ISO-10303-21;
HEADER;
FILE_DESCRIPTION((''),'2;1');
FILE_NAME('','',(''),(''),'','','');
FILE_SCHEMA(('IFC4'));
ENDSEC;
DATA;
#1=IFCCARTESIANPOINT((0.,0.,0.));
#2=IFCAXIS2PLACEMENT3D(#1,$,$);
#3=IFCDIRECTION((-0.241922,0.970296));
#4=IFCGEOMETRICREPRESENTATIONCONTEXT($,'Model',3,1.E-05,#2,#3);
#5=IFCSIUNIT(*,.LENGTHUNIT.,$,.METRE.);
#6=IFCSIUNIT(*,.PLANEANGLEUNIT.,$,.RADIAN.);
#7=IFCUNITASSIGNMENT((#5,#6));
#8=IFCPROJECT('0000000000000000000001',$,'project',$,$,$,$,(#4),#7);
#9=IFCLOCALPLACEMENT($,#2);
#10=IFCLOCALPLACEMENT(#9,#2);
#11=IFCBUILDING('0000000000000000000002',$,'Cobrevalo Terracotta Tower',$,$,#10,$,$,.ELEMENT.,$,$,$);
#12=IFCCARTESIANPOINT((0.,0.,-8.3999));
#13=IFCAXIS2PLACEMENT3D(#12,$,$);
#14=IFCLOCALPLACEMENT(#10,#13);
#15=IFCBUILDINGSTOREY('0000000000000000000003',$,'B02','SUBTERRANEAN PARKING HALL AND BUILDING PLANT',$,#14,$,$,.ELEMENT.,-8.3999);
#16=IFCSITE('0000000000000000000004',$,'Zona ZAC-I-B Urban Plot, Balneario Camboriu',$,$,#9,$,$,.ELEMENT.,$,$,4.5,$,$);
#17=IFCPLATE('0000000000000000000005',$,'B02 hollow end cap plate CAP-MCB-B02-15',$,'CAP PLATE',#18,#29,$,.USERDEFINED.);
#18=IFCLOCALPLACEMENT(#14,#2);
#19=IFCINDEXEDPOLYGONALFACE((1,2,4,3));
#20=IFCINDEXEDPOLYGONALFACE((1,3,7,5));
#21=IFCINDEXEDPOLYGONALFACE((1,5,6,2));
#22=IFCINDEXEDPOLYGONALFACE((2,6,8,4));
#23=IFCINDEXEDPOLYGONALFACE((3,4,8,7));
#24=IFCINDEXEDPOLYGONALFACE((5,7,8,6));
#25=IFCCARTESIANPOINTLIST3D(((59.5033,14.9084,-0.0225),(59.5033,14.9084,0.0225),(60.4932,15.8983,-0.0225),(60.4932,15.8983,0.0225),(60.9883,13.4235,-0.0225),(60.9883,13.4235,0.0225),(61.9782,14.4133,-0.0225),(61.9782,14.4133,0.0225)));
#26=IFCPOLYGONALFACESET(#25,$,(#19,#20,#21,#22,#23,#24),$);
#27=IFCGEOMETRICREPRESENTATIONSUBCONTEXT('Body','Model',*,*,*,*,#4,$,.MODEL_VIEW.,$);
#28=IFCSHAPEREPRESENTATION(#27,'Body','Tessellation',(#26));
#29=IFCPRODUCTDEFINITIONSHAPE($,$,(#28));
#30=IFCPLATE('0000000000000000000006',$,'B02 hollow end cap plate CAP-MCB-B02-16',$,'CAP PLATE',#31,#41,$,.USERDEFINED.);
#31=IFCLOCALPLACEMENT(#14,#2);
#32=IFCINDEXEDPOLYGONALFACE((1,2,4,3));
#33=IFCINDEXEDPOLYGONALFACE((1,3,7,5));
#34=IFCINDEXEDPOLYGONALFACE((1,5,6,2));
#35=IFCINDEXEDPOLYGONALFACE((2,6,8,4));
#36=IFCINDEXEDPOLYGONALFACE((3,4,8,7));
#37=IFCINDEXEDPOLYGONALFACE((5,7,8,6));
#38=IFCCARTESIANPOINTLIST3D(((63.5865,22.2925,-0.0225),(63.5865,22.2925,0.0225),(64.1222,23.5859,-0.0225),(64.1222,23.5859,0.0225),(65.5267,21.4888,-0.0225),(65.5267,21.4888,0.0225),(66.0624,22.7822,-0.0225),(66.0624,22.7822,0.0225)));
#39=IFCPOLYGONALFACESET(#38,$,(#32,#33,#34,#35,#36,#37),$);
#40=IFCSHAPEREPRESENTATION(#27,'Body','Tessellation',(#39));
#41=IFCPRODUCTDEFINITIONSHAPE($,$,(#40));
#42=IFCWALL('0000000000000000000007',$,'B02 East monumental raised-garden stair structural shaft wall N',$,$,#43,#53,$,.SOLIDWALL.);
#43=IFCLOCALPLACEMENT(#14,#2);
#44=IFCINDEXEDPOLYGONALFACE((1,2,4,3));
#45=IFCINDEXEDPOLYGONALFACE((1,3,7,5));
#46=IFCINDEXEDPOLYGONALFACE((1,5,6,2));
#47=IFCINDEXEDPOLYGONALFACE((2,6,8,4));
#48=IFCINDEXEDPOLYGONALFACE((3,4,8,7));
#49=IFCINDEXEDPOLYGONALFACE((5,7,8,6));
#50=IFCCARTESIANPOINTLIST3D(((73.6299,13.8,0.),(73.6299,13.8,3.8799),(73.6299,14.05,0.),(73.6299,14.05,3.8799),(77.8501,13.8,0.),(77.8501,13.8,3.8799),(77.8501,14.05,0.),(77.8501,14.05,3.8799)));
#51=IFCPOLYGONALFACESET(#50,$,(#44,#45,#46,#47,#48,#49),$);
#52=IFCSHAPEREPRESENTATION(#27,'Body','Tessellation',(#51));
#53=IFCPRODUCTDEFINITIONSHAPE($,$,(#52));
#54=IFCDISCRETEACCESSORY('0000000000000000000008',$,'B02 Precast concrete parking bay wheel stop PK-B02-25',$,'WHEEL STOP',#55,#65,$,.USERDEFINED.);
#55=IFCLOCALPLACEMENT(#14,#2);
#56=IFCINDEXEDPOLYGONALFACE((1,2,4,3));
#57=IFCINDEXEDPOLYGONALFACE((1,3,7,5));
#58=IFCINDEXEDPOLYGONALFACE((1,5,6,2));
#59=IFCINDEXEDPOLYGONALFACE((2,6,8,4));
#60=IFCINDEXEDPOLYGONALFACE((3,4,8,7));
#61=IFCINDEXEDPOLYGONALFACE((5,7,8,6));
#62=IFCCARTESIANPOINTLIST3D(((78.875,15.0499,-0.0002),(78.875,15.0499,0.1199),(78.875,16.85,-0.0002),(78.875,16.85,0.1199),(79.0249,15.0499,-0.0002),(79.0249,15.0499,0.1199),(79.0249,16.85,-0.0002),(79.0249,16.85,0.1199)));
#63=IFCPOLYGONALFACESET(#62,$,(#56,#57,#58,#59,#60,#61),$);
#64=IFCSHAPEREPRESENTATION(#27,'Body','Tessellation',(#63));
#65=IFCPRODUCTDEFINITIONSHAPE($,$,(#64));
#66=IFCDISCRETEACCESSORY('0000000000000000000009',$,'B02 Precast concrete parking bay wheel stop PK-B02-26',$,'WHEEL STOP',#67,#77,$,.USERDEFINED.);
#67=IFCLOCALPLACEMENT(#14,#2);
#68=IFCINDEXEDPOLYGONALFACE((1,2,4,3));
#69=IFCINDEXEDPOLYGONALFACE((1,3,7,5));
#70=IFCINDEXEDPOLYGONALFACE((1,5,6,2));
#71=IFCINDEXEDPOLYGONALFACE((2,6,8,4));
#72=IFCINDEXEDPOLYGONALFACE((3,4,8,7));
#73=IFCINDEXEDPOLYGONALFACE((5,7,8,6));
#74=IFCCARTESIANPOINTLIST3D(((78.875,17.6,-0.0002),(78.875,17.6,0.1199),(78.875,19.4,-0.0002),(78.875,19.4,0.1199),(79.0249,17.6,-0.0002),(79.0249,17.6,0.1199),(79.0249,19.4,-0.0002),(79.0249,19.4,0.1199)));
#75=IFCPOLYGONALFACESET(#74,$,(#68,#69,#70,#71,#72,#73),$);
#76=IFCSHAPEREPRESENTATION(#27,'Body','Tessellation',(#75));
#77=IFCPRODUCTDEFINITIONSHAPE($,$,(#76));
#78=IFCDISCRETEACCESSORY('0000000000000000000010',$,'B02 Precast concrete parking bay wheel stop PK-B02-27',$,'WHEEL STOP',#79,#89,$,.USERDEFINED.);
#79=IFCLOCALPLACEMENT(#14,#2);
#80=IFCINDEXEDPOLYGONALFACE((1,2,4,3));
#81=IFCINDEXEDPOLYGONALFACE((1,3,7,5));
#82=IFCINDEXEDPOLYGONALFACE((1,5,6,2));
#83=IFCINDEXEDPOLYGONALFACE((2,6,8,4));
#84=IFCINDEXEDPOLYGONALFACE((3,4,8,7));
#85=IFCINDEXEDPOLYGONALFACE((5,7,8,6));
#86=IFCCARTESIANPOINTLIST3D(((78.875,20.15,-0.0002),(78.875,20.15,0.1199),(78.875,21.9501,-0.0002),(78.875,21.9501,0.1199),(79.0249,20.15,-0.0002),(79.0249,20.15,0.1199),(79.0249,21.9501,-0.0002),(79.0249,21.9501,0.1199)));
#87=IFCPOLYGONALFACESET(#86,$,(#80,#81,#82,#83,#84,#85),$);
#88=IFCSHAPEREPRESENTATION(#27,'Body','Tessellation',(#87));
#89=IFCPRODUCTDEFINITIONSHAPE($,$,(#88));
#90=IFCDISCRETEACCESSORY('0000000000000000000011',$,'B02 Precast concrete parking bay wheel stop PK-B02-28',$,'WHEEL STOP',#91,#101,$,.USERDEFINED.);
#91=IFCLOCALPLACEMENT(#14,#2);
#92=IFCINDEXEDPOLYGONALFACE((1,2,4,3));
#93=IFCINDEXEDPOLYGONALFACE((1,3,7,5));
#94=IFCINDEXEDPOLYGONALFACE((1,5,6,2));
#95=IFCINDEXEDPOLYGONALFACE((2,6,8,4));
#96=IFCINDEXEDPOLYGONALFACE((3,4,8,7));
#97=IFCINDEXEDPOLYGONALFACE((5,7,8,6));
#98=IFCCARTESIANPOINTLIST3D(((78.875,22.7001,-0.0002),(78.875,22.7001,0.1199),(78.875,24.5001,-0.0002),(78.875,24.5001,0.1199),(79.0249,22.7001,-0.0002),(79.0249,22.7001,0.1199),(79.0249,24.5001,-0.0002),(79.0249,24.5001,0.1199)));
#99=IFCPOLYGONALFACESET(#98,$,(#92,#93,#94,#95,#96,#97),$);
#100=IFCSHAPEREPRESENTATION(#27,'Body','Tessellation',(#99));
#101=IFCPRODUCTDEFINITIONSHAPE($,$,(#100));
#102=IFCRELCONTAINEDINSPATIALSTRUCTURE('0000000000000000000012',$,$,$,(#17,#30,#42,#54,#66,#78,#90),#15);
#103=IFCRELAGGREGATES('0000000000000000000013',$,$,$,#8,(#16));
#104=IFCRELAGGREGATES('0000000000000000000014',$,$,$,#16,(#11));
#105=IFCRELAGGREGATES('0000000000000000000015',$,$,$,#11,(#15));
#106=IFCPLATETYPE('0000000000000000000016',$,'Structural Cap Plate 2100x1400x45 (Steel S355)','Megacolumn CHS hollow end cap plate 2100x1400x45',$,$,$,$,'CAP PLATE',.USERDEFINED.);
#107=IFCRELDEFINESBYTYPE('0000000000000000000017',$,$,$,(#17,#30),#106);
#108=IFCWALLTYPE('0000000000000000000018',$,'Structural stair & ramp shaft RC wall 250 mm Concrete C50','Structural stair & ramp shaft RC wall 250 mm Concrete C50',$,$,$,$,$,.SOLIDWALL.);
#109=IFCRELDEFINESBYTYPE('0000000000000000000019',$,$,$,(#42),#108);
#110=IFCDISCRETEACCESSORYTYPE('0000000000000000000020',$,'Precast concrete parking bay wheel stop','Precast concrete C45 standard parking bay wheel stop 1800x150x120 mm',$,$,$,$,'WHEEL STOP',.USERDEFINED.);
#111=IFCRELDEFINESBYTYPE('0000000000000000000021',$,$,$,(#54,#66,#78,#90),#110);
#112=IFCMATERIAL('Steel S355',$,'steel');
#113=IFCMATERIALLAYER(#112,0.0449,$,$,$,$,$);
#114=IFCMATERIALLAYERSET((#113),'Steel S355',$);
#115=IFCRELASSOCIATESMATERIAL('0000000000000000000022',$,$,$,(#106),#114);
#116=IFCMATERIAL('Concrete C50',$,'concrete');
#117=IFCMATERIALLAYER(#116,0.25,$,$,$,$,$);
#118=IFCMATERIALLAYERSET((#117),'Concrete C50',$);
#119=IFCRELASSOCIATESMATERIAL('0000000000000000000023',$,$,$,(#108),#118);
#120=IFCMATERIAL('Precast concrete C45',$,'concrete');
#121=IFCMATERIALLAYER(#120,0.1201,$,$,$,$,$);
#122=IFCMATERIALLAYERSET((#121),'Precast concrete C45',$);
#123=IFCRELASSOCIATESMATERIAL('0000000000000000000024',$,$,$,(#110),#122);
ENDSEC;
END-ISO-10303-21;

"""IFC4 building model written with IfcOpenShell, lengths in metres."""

from ifc_helpers import new_model, si_unit, direction, frame, frame_2d, origin, origin_2d, place, context, subcontext, project, spatial, rectangle, extrude, source, transform, mapped, material, layer, layer_set, type_object, element, save


model = new_model("IFC4")

# Units and contexts
model_context = context("Model", 3, precision=1e-05, world=origin(), true_north=direction((-0.241922, 0.970296)))
body_context = subcontext(model_context, "Body", "Model", "MODEL_VIEW")
ifc_project = project(units=[si_unit("LENGTHUNIT", "METRE"), si_unit("PLANEANGLEUNIT", "RADIAN")], contexts=[model_context])

# Site, building, storey
site_placement = place(None, origin())
site = spatial("IfcSite", under=ifc_project, at=site_placement, Name="Zona ZAC-I-B Urban Plot, Balneario Camboriu", CompositionType="ELEMENT", RefElevation=4.5)
building_placement = place(site_placement, origin())
building = spatial("IfcBuilding", under=site, at=building_placement, Name="Cobrevalo Terracotta Tower", CompositionType="ELEMENT")
storey_placement = place(building_placement, frame((0.0, 0.0, -8.3999)))
storey = spatial("IfcBuildingStorey", under=building, at=storey_placement, Name="B02", Description="SUBTERRANEAN PARKING HALL AND BUILDING PLANT", CompositionType="ELEMENT", Elevation=-8.3999)

# Shared definitions
ifc_material_1 = material(Name="Concrete C50", Category="concrete")

# Shared definitions
ifc_material_2 = material(Name="Steel S355", Category="steel")

# Plates
ifc_layer_1 = layer(ifc_material_2, 0.0449)
ifc_layer_set_1 = layer_set([ifc_layer_1], Name="Steel S355")
plate_type = type_object("IfcPlateType", Name="Structural Cap Plate 2100x1400x45 (Steel S355)", Description="Megacolumn CHS hollow end cap plate 2100x1400x45", ElementType="CAP PLATE", PredefinedType="USERDEFINED", material=ifc_layer_set_1)
shared_shape_1 = source(origin(), body_context, "Body", "SweptSolid", [
    extrude(rectangle(XDim=2.1001, YDim=1.3999, at=origin_2d()), origin(), (0.0, 0.0, 1.0), 0.0449),
])
for number, where, z_axis, x_axis, name in (
    (1, (60.7407, 14.6609, -0.0225), (0.0, 0.0, 1.0), (0.707107, -0.707107, 0.0), "B02 hollow end cap plate CAP-MCB-B02-15"),
    (2, (64.8245, 22.5374, -0.0225), (0.0, 0.0, 1.0), (0.92388, -0.382683, 0.0), "B02 hollow end cap plate CAP-MCB-B02-16"),
):
    element("IfcPlate", number, at=place(storey_placement, frame(where, z_axis=z_axis, x_axis=x_axis)), inside=storey, type_object=plate_type, Name=name, ObjectType="CAP PLATE", PredefinedType="USERDEFINED", context=body_context, shape_type="MappedRepresentation", body=[
        mapped(shared_shape_1, transform((0.0, 0.0, 0.0), scale=1.0)),
    ])

# Wall
ifc_layer_2 = layer(ifc_material_1, 0.25)
ifc_layer_set_2 = layer_set([ifc_layer_2], Name="Concrete C50")
wall_type = type_object("IfcWallType", Name="Structural stair & ramp shaft RC wall 250 mm Concrete C50", Description="Structural stair & ramp shaft RC wall 250 mm Concrete C50", PredefinedType="SOLIDWALL", material=ifc_layer_set_2)
wall_placement = place(storey_placement, frame((73.6299, 13.925, 0.0), z_axis=(0.0, 0.0, 1.0), x_axis=(1.0, 0.0, 0.0)))
element("IfcWall", 3, at=wall_placement, inside=storey, type_object=wall_type, Name="B02 East monumental raised-garden stair structural shaft wall N", PredefinedType="SOLIDWALL", context=body_context, shape_type="SweptSolid", body=[
    extrude(rectangle(XDim=4.2202, YDim=0.25, at=frame_2d((2.1101, 0.0))), origin(), (0.0, 0.0, 1.0), 3.8799),
])

# Discrete accessories
ifc_material_3 = material(Name="Precast concrete C45", Category="concrete")
ifc_layer_3 = layer(ifc_material_3, 0.1201)
ifc_layer_set_3 = layer_set([ifc_layer_3], Name="Precast concrete C45")
discrete_accessory_type = type_object("IfcDiscreteAccessoryType", Name="Precast concrete parking bay wheel stop", Description="Precast concrete C45 standard parking bay wheel stop 1800x150x120 mm", ElementType="WHEEL STOP", PredefinedType="USERDEFINED", material=ifc_layer_set_3)
shared_shape_2 = source(origin(), body_context, "Body", "SweptSolid", [
    extrude(rectangle(XDim=1.8, YDim=0.1499, at=origin_2d()), origin(), (0.0, 0.0, 1.0), 0.1201),
])
for number, where, z_axis, x_axis, name in (
    (4, (78.95, 15.95, -0.0002), (0.0, 0.0, 1.0), (0.0, 1.0, 0.0), "B02 Precast concrete parking bay wheel stop PK-B02-25"),
    (5, (78.95, 18.5, -0.0002), (0.0, 0.0, 1.0), (0.0, 1.0, 0.0), "B02 Precast concrete parking bay wheel stop PK-B02-26"),
    (6, (78.95, 21.05, -0.0002), (0.0, 0.0, 1.0), (0.0, 1.0, 0.0), "B02 Precast concrete parking bay wheel stop PK-B02-27"),
    (7, (78.95, 23.6001, -0.0002), (0.0, 0.0, 1.0), (0.0, 1.0, 0.0), "B02 Precast concrete parking bay wheel stop PK-B02-28"),
):
    element("IfcDiscreteAccessory", number, at=place(storey_placement, frame(where, z_axis=z_axis, x_axis=x_axis)), inside=storey, type_object=discrete_accessory_type, Name=name, ObjectType="WHEEL STOP", PredefinedType="USERDEFINED", context=body_context, shape_type="MappedRepresentation", body=[
        mapped(shared_shape_2, transform((0.0, 0.0, 0.0), scale=1.0)),
    ])

save(model, "model.ifc")
